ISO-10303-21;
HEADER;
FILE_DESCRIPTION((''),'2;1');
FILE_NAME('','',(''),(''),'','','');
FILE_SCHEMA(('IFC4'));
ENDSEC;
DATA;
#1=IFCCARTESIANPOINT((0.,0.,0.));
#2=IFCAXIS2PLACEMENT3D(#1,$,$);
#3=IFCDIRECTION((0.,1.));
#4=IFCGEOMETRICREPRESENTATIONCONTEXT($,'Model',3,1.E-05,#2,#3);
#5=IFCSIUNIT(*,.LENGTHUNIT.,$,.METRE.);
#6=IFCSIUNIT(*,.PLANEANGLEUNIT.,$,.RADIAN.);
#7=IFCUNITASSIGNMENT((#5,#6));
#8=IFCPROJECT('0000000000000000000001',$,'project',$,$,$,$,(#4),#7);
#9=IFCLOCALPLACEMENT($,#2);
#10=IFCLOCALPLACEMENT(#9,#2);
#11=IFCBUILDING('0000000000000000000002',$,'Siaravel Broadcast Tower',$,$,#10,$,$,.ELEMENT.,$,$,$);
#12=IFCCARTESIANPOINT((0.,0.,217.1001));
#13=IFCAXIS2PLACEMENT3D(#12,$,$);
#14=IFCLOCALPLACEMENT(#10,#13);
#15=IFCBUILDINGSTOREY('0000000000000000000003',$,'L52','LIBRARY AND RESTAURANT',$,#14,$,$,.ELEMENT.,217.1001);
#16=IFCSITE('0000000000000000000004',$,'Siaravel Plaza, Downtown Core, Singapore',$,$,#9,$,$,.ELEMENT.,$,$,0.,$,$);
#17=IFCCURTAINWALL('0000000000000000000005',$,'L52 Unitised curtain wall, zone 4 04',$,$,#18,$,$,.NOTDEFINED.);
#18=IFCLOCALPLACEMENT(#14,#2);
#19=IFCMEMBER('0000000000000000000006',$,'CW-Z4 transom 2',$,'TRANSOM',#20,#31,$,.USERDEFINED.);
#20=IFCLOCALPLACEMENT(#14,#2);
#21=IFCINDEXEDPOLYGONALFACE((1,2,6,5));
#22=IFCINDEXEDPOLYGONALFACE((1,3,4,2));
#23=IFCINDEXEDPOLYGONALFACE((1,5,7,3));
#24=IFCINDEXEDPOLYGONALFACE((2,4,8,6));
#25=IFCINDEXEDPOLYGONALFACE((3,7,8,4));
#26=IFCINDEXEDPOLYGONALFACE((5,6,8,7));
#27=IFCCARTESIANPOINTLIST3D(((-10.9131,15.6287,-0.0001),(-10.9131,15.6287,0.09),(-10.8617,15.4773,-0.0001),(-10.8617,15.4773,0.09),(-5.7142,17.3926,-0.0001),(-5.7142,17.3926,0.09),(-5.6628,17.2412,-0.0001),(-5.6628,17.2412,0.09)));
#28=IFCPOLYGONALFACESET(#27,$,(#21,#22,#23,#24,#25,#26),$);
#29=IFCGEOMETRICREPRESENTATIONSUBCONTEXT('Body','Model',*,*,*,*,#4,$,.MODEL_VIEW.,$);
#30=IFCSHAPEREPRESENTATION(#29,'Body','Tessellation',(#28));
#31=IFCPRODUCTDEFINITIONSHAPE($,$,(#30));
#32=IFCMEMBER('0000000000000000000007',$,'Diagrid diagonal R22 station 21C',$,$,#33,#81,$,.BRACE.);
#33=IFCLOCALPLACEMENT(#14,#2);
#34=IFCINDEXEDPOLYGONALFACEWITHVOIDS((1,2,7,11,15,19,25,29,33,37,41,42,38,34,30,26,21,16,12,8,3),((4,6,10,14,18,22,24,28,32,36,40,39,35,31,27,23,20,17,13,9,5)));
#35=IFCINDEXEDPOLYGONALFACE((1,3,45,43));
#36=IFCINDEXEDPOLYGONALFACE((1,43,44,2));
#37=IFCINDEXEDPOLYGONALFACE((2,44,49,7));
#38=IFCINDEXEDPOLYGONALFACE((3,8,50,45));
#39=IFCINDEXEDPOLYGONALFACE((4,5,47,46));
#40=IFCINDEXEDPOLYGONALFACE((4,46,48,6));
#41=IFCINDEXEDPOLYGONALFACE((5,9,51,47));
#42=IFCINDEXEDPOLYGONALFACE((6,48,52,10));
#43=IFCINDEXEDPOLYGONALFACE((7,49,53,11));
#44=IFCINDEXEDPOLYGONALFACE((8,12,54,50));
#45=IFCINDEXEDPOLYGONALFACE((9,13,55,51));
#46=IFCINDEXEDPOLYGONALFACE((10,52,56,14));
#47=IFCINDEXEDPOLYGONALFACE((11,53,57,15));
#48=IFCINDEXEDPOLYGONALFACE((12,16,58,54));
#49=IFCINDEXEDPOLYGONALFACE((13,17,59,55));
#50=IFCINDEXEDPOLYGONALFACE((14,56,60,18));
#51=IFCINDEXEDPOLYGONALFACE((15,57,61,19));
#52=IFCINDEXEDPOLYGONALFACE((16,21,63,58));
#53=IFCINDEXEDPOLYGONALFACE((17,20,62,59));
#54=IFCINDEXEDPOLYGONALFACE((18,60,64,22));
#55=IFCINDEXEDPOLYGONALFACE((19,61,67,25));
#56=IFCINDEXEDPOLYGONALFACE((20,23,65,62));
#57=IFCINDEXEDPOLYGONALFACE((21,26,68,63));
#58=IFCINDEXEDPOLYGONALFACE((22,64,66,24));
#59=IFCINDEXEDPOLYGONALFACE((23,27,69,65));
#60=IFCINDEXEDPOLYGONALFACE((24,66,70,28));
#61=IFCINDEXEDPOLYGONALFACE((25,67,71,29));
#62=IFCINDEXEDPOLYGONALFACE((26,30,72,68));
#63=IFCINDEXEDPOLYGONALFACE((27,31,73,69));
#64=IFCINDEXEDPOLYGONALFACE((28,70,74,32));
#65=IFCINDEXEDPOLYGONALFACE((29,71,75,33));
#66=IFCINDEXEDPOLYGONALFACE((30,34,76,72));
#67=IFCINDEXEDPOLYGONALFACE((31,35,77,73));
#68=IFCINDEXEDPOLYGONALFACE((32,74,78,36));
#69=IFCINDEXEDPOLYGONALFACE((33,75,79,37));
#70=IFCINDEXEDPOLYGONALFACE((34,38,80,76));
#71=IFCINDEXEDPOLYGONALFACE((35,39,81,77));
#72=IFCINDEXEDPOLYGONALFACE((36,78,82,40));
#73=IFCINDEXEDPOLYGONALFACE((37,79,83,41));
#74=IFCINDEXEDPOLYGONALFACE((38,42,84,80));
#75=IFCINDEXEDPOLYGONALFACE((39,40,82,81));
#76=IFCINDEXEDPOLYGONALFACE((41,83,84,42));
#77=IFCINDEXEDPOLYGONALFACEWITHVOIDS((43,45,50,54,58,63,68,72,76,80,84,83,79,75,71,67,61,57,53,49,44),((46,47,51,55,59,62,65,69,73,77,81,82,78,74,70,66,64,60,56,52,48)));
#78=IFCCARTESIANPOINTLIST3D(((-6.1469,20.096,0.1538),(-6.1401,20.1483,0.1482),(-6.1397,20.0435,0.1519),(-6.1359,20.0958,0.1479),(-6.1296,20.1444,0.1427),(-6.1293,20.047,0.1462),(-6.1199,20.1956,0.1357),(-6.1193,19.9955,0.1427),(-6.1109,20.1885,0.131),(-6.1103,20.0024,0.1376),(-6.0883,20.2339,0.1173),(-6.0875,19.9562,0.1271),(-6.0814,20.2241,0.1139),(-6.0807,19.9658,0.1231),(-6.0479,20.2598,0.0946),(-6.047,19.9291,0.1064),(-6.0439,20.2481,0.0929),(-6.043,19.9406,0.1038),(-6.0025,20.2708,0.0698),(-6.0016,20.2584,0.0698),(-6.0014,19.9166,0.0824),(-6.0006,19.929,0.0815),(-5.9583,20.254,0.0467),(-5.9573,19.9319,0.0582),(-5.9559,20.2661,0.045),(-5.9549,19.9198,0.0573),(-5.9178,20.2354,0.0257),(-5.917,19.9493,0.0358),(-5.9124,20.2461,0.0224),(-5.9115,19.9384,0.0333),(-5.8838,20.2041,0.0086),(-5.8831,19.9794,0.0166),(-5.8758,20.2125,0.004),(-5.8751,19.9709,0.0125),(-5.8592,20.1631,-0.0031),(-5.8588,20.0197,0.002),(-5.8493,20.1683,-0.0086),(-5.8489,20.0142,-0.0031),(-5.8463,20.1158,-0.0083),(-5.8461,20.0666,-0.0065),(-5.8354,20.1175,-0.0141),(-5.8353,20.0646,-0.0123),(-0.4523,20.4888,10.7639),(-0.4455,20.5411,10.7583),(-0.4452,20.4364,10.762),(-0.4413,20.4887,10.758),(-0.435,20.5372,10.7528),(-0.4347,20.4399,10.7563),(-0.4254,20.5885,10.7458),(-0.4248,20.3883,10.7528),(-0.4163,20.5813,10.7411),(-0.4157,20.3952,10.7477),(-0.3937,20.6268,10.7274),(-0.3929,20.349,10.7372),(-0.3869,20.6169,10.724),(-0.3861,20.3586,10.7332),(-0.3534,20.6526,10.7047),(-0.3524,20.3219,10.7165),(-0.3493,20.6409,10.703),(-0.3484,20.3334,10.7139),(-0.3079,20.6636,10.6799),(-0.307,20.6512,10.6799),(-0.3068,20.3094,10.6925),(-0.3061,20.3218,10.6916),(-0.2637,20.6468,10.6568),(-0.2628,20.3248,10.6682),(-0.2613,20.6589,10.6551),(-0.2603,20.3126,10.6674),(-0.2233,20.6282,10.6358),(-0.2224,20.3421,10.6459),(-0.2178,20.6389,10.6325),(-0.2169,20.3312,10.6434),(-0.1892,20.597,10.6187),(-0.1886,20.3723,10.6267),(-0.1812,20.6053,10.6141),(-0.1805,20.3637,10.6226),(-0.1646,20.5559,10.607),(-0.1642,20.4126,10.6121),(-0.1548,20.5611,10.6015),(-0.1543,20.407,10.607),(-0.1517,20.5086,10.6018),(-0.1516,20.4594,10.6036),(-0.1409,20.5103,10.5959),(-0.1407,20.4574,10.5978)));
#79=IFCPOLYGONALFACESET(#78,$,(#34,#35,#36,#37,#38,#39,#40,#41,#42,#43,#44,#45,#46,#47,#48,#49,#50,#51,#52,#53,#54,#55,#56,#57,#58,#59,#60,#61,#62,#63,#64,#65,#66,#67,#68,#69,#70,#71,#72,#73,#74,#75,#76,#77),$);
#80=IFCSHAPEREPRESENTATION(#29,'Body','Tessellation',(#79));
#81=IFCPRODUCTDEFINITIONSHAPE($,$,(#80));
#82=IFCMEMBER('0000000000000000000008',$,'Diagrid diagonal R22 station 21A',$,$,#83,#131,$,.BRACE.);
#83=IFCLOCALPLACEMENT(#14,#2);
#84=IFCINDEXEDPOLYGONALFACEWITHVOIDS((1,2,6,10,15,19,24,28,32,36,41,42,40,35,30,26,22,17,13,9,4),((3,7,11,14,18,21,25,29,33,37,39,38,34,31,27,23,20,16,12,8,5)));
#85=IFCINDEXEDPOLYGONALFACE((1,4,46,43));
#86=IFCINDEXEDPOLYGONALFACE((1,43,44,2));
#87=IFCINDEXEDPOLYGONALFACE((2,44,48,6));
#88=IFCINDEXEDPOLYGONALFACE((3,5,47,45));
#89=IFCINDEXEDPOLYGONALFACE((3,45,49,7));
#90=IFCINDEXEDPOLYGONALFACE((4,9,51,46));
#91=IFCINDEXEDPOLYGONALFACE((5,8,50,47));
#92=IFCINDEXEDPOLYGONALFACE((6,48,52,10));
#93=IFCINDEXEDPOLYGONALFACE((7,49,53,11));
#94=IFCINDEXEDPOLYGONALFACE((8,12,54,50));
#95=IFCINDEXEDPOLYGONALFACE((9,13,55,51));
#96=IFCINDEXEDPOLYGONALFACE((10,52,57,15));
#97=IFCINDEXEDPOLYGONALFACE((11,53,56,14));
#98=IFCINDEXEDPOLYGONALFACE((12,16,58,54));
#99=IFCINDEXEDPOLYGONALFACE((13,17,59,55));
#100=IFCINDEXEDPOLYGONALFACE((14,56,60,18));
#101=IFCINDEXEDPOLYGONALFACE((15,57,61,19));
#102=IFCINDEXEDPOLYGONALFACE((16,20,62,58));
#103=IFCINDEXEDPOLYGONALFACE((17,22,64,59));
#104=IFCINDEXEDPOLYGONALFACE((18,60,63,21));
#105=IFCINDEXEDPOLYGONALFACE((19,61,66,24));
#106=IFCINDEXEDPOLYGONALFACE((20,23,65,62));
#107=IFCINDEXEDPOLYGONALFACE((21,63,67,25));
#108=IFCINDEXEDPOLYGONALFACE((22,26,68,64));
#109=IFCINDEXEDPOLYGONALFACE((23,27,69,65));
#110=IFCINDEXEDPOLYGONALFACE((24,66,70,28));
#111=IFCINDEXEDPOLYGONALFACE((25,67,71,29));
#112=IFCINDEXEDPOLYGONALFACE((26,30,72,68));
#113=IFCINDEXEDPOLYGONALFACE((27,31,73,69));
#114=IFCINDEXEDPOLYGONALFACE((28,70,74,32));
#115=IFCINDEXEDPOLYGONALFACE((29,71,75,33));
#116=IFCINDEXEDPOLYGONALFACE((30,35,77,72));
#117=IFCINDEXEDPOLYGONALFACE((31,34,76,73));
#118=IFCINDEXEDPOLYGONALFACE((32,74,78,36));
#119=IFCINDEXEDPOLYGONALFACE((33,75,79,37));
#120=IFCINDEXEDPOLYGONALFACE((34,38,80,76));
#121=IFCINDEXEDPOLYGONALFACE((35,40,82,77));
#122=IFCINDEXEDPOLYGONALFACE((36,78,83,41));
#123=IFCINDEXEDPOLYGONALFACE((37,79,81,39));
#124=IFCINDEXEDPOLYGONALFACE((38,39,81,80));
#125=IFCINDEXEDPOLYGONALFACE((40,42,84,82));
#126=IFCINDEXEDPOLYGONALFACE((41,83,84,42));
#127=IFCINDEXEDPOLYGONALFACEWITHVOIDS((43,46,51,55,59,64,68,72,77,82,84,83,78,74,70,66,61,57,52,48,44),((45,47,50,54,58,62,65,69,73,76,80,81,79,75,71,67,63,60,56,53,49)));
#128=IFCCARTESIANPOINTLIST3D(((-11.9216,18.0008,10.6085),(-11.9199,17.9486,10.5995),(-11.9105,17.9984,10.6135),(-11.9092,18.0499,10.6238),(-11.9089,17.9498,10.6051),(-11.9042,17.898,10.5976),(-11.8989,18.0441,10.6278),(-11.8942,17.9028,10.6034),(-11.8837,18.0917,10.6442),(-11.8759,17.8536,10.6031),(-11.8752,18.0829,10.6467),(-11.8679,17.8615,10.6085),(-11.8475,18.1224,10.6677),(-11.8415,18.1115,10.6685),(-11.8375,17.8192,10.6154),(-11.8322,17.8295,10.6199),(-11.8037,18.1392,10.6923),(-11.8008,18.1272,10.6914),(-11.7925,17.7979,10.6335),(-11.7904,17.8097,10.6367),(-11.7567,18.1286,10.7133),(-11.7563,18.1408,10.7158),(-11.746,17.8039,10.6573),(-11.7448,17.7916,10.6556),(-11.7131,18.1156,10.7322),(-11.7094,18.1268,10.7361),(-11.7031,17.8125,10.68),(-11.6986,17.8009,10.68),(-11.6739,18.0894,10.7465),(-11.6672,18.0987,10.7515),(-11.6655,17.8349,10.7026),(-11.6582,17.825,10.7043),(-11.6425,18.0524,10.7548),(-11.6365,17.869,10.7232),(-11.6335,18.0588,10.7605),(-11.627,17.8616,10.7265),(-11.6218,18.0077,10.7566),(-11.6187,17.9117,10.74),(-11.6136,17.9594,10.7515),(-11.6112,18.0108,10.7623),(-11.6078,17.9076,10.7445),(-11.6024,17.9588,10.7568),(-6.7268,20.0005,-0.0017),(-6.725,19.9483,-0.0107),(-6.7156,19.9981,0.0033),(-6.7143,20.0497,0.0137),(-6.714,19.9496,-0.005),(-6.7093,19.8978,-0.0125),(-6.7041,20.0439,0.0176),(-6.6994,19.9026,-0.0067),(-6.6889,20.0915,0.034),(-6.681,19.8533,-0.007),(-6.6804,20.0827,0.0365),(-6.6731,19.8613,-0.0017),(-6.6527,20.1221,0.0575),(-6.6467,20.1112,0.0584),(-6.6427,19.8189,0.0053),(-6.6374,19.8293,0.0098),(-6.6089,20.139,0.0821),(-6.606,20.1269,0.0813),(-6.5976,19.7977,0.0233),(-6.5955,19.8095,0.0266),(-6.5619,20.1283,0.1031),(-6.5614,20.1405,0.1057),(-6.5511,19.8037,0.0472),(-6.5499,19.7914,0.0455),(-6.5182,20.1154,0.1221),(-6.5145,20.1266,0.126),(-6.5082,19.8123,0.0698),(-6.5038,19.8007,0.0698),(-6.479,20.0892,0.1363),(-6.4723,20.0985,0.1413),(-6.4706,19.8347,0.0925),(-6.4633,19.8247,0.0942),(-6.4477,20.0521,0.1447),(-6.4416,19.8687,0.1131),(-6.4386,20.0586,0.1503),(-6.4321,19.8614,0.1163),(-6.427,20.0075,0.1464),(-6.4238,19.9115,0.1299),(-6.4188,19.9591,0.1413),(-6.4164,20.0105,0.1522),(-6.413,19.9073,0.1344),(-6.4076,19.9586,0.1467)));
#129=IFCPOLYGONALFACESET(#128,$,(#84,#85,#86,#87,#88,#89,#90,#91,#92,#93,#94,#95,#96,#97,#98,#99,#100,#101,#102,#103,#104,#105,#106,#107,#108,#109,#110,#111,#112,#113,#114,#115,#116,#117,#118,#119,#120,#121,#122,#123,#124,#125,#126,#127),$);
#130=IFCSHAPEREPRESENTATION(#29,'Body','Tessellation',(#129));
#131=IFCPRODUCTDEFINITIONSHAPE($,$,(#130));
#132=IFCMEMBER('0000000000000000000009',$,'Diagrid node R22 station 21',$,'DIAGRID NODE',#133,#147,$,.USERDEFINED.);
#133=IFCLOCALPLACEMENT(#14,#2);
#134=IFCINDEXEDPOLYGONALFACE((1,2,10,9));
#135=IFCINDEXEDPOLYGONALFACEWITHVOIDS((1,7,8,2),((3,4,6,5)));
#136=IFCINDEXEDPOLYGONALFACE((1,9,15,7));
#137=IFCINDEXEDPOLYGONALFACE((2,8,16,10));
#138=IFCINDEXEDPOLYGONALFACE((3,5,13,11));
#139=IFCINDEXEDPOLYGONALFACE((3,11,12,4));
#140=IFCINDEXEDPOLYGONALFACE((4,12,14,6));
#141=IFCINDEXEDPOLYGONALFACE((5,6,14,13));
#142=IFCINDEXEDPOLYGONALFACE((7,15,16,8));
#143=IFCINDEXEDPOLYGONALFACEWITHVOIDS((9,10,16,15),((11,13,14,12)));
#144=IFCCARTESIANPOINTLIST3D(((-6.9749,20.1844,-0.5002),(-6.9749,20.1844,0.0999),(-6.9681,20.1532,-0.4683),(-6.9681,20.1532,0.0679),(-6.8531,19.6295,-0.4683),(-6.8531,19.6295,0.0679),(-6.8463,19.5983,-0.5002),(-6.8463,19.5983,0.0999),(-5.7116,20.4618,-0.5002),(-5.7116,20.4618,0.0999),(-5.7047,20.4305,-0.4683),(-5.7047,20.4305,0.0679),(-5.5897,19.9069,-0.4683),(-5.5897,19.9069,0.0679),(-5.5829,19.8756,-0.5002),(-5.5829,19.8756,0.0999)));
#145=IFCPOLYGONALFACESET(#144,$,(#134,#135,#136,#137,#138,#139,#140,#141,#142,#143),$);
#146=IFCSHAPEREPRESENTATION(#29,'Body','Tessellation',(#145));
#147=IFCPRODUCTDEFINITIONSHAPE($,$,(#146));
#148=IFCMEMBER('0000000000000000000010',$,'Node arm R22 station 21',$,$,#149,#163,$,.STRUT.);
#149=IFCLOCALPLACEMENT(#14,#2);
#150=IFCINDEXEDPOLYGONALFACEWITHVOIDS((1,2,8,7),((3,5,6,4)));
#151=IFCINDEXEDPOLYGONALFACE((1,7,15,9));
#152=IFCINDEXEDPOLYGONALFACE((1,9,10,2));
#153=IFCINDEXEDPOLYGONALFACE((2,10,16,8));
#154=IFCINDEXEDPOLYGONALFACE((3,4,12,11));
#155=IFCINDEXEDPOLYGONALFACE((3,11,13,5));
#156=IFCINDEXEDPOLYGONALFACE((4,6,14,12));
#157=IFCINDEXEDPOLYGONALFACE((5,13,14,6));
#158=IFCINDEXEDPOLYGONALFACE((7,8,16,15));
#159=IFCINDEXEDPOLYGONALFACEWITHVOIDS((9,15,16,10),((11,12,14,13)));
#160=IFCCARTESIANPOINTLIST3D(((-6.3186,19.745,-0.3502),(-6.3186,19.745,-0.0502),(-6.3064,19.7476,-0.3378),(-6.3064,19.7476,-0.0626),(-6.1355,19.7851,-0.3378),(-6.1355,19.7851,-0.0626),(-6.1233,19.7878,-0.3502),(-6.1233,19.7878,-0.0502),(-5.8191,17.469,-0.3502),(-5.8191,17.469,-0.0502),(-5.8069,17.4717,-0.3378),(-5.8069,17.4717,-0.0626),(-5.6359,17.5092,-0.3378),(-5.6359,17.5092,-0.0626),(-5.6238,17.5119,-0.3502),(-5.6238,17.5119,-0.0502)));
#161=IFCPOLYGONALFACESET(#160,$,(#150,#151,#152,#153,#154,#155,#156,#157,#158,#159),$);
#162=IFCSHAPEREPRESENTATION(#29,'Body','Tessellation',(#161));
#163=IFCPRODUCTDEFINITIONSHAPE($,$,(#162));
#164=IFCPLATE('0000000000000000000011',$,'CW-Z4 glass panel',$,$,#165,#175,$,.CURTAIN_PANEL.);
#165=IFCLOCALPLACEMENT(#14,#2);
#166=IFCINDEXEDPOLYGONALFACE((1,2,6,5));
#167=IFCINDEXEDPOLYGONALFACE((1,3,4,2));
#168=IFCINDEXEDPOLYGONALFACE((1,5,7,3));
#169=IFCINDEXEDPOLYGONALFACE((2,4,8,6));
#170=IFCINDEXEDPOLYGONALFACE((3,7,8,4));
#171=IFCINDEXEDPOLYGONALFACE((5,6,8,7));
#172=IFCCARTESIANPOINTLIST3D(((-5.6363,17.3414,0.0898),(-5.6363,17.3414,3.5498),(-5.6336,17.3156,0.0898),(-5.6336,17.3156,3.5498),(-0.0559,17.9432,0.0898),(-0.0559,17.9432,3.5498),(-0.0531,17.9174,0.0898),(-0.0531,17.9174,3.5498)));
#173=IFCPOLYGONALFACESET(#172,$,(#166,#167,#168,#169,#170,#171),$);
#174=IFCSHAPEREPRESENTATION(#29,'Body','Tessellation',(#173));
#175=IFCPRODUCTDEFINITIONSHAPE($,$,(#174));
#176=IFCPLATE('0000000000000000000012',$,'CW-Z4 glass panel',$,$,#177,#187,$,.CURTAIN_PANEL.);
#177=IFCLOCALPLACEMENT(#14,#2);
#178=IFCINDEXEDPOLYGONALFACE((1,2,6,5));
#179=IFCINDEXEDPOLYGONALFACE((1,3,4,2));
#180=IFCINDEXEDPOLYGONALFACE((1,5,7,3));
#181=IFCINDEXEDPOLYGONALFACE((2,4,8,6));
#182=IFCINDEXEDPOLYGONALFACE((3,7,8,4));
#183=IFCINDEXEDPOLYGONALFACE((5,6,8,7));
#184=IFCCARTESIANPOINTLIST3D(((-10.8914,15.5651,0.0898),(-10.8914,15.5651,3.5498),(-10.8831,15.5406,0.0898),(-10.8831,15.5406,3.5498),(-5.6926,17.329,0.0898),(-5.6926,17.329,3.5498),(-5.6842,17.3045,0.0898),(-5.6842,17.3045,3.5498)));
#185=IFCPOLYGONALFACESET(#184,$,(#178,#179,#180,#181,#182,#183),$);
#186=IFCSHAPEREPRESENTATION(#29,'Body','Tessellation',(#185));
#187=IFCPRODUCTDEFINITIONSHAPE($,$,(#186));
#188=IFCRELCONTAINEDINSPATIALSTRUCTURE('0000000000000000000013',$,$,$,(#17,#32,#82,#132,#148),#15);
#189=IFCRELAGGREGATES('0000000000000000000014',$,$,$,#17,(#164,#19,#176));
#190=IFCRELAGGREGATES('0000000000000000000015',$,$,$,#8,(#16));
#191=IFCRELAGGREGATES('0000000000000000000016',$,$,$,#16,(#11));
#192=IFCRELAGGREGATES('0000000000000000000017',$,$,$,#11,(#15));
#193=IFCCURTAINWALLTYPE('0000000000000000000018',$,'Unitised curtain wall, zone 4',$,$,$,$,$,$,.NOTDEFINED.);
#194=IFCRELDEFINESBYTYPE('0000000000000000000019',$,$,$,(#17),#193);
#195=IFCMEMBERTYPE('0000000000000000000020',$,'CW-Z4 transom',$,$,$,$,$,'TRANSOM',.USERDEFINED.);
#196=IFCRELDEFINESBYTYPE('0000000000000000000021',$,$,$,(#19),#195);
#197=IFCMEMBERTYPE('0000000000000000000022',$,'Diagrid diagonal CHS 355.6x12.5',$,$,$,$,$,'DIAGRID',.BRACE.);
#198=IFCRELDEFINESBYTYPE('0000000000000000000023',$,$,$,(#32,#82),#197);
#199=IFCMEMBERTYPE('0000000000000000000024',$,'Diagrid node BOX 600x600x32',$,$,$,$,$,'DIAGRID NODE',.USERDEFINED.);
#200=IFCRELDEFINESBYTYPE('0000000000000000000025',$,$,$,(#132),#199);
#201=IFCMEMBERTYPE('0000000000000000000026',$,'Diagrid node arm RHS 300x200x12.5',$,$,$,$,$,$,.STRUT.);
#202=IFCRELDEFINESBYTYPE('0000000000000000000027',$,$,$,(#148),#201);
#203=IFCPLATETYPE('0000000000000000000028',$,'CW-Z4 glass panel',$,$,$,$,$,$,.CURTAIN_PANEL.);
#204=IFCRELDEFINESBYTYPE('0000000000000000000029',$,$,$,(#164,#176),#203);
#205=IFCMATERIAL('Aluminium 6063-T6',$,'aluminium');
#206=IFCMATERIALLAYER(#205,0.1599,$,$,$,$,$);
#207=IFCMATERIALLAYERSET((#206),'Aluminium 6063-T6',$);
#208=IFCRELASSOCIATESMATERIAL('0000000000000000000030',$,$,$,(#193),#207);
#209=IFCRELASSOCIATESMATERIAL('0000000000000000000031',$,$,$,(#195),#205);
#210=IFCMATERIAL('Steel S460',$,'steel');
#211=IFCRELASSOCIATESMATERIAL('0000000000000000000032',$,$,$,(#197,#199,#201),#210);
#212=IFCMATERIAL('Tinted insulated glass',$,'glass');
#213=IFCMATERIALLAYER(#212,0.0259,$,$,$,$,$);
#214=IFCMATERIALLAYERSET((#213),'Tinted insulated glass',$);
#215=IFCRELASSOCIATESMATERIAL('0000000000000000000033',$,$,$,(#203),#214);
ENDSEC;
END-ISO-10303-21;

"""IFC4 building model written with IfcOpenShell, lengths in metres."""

from ifc_helpers import new_model, si_unit, direction, frame, origin, origin_2d, place, context, subcontext, project, spatial, rectangle, hollow_rectangle, hollow_circle, extrude, material, layer, layer_set, material_profile, profile_set, type_object, element, aggregate, save


model = new_model("IFC4")

# Units and contexts
model_context = context("Model", 3, precision=1e-05, world=origin(), true_north=direction((0.0, 1.0)))
body_context = subcontext(model_context, "Body", "Model", "MODEL_VIEW")
ifc_project = project(units=[si_unit("LENGTHUNIT", "METRE"), si_unit("PLANEANGLEUNIT", "RADIAN")], contexts=[model_context])

# Site, building, storey
site_placement = place(None, origin())
site = spatial("IfcSite", under=ifc_project, at=site_placement, Name="Siaravel Plaza, Downtown Core, Singapore", CompositionType="ELEMENT", RefElevation=0.0)
building_placement = place(site_placement, origin())
building = spatial("IfcBuilding", under=site, at=building_placement, Name="Siaravel Broadcast Tower", CompositionType="ELEMENT")
storey_placement = place(building_placement, frame((0.0, 0.0, 217.1001)))
storey = spatial("IfcBuildingStorey", under=building, at=storey_placement, Name="L52", Description="LIBRARY AND RESTAURANT", CompositionType="ELEMENT", Elevation=217.1001)

# Curtain wall, member
ifc_material_1 = material(Name="Aluminium 6063-T6", Category="aluminium")
ifc_layer_1 = layer(ifc_material_1, 0.1599)
ifc_layer_set_1 = layer_set([ifc_layer_1], Name="Aluminium 6063-T6")
curtain_wall_type = type_object("IfcCurtainWallType", Name="Unitised curtain wall, zone 4", PredefinedType="NOTDEFINED", material=ifc_layer_set_1)
curtain_wall_placement = place(storey_placement, origin())
curtain_wall = element("IfcCurtainWall", 1, at=curtain_wall_placement, inside=storey, type_object=curtain_wall_type, Name="L52 Unitised curtain wall, zone 4 04", PredefinedType="NOTDEFINED")
ifc_material_profile_1 = material_profile(ifc_material_1, rectangle(XDim=0.1599, YDim=0.0901, at=origin_2d()))
ifc_profile_set_1 = profile_set([ifc_material_profile_1], Name="Aluminium 6063-T6")
member_type_1 = type_object("IfcMemberType", Name="CW-Z4 transom", ElementType="TRANSOM", PredefinedType="USERDEFINED", material=ifc_profile_set_1)
member_1_placement = place(storey_placement, frame((-5.6885, 17.3169, 0.0449), z_axis=(-0.94698, -0.321293, 0.0), x_axis=(0.321293, -0.94698, 0.0)))
member_1 = element("IfcMember", 2, at=member_1_placement, type_object=member_type_1, Name="CW-Z4 transom 2", ObjectType="TRANSOM", PredefinedType="USERDEFINED", context=body_context, shape_type="SweptSolid", body=[
    extrude(rectangle(XDim=0.1599, YDim=0.0901, at=origin_2d()), origin(), (0.0, 0.0, 1.0), 5.49),
])

# Members
ifc_material_2 = material(Name="Steel S460", Category="steel")
ifc_material_profile_2 = material_profile(ifc_material_2, hollow_circle(Radius=0.1777, WallThickness=0.0125, at=origin_2d()))
ifc_profile_set_2 = profile_set([ifc_material_profile_2], Name="Steel S460")
member_type_2 = type_object("IfcMemberType", Name="Diagrid diagonal CHS 355.6x12.5", ElementType="DIAGRID", PredefinedType="BRACE", material=ifc_profile_set_2)
member_2_placement = place(storey_placement, frame((-5.9902, 20.0935, 0.0698), z_axis=(0.472653, 0.032604, 0.880645), x_axis=(-0.068818, 0.997629, 0.0)))
element("IfcMember", 3, at=member_2_placement, inside=storey, type_object=member_type_2, Name="Diagrid diagonal R22 station 21C", PredefinedType="BRACE", context=body_context, shape_type="SweptSolid", body=[
    extrude(hollow_circle(Radius=0.1777, WallThickness=0.0125, at=origin_2d()), origin(), (0.0, 0.0, 1.0), 12.0481),
])
member_3_placement = place(storey_placement, frame((-6.5676, 19.9666, 0.0698), z_axis=(-0.433566, -0.166902, 0.885531), x_axis=(0.359252, -0.93324, 0.0)))
element("IfcMember", 4, at=member_3_placement, inside=storey, type_object=member_type_2, Name="Diagrid diagonal R22 station 21A", PredefinedType="BRACE", context=body_context, shape_type="SweptSolid", body=[
    extrude(hollow_circle(Radius=0.1777, WallThickness=0.0125, at=origin_2d()), origin(), (0.0, 0.0, 1.0), 11.9817),
])
ifc_material_profile_3 = material_profile(ifc_material_2, hollow_rectangle(XDim=0.6001, YDim=0.6001, WallThickness=0.032, at=origin_2d()))
ifc_profile_set_3 = profile_set([ifc_material_profile_3], Name="Steel S460")
member_type_3 = type_object("IfcMemberType", Name="Diagrid node BOX 600x600x32", ElementType="DIAGRID NODE", PredefinedType="USERDEFINED", material=ifc_profile_set_3)
member_4_placement = place(storey_placement, frame((-5.6472, 20.1687, -0.2002), z_axis=(-0.976743, -0.214412, 0.0), x_axis=(0.214412, -0.976743, 0.0)))
element("IfcMember", 5, at=member_4_placement, inside=storey, type_object=member_type_3, Name="Diagrid node R22 station 21", ObjectType="DIAGRID NODE", PredefinedType="USERDEFINED", context=body_context, shape_type="SweptSolid", body=[
    extrude(hollow_rectangle(XDim=0.6001, YDim=0.6001, WallThickness=0.032, at=origin_2d()), origin(), (0.0, 0.0, 1.0), 1.2935),
])
ifc_material_profile_4 = material_profile(ifc_material_2, hollow_rectangle(XDim=0.2, YDim=0.3, WallThickness=0.0125, at=origin_2d()))
ifc_profile_set_4 = profile_set([ifc_material_profile_4], Name="Steel S460")
member_type_4 = type_object("IfcMemberType", Name="Diagrid node arm RHS 300x200x12.5", PredefinedType="STRUT", material=ifc_profile_set_4)
member_5_placement = place(storey_placement, frame((-5.7214, 17.4905, -0.2002), z_axis=(-0.214378, 0.976751, 0.0), x_axis=(-0.976751, -0.214378, 0.0)))
element("IfcMember", 6, at=member_5_placement, inside=storey, type_object=member_type_4, Name="Node arm R22 station 21", PredefinedType="STRUT", context=body_context, shape_type="SweptSolid", body=[
    extrude(hollow_rectangle(XDim=0.2, YDim=0.3, WallThickness=0.0125, at=origin_2d()), origin(), (0.0, 0.0, 1.0), 2.3301),
])

# Plates
ifc_material_3 = material(Name="Tinted insulated glass", Category="glass")
ifc_layer_2 = layer(ifc_material_3, 0.0259)
ifc_layer_set_2 = layer_set([ifc_layer_2], Name="Tinted insulated glass")
plate_type = type_object("IfcPlateType", Name="CW-Z4 glass panel", PredefinedType="CURTAIN_PANEL", material=ifc_layer_set_2)
plate_1_placement = place(storey_placement, frame((-2.8447, 17.6294, 0.0898), z_axis=(0.0, 0.0, 1.0), x_axis=(-0.994236, -0.107218, 0.0)))
plate_1 = element("IfcPlate", 7, at=plate_1_placement, type_object=plate_type, Name="CW-Z4 glass panel", PredefinedType="CURTAIN_PANEL", context=body_context, shape_type="SweptSolid", body=[
    extrude(rectangle(XDim=5.6128, YDim=0.0259, at=origin_2d()), origin(), (0.0, 0.0, 1.0), 3.46),
])
plate_2_placement = place(storey_placement, frame((-8.2878, 16.4348, 0.0898), z_axis=(0.0, 0.0, 1.0), x_axis=(-0.946977, -0.321301, 0.0)))
plate_2 = element("IfcPlate", 8, at=plate_2_placement, type_object=plate_type, Name="CW-Z4 glass panel", PredefinedType="CURTAIN_PANEL", context=body_context, shape_type="SweptSolid", body=[
    extrude(rectangle(XDim=5.49, YDim=0.0259, at=origin_2d()), origin(), (0.0, 0.0, 1.0), 3.46),
])
aggregate(curtain_wall, [plate_1, member_1, plate_2])

save(model, "model.ifc")
